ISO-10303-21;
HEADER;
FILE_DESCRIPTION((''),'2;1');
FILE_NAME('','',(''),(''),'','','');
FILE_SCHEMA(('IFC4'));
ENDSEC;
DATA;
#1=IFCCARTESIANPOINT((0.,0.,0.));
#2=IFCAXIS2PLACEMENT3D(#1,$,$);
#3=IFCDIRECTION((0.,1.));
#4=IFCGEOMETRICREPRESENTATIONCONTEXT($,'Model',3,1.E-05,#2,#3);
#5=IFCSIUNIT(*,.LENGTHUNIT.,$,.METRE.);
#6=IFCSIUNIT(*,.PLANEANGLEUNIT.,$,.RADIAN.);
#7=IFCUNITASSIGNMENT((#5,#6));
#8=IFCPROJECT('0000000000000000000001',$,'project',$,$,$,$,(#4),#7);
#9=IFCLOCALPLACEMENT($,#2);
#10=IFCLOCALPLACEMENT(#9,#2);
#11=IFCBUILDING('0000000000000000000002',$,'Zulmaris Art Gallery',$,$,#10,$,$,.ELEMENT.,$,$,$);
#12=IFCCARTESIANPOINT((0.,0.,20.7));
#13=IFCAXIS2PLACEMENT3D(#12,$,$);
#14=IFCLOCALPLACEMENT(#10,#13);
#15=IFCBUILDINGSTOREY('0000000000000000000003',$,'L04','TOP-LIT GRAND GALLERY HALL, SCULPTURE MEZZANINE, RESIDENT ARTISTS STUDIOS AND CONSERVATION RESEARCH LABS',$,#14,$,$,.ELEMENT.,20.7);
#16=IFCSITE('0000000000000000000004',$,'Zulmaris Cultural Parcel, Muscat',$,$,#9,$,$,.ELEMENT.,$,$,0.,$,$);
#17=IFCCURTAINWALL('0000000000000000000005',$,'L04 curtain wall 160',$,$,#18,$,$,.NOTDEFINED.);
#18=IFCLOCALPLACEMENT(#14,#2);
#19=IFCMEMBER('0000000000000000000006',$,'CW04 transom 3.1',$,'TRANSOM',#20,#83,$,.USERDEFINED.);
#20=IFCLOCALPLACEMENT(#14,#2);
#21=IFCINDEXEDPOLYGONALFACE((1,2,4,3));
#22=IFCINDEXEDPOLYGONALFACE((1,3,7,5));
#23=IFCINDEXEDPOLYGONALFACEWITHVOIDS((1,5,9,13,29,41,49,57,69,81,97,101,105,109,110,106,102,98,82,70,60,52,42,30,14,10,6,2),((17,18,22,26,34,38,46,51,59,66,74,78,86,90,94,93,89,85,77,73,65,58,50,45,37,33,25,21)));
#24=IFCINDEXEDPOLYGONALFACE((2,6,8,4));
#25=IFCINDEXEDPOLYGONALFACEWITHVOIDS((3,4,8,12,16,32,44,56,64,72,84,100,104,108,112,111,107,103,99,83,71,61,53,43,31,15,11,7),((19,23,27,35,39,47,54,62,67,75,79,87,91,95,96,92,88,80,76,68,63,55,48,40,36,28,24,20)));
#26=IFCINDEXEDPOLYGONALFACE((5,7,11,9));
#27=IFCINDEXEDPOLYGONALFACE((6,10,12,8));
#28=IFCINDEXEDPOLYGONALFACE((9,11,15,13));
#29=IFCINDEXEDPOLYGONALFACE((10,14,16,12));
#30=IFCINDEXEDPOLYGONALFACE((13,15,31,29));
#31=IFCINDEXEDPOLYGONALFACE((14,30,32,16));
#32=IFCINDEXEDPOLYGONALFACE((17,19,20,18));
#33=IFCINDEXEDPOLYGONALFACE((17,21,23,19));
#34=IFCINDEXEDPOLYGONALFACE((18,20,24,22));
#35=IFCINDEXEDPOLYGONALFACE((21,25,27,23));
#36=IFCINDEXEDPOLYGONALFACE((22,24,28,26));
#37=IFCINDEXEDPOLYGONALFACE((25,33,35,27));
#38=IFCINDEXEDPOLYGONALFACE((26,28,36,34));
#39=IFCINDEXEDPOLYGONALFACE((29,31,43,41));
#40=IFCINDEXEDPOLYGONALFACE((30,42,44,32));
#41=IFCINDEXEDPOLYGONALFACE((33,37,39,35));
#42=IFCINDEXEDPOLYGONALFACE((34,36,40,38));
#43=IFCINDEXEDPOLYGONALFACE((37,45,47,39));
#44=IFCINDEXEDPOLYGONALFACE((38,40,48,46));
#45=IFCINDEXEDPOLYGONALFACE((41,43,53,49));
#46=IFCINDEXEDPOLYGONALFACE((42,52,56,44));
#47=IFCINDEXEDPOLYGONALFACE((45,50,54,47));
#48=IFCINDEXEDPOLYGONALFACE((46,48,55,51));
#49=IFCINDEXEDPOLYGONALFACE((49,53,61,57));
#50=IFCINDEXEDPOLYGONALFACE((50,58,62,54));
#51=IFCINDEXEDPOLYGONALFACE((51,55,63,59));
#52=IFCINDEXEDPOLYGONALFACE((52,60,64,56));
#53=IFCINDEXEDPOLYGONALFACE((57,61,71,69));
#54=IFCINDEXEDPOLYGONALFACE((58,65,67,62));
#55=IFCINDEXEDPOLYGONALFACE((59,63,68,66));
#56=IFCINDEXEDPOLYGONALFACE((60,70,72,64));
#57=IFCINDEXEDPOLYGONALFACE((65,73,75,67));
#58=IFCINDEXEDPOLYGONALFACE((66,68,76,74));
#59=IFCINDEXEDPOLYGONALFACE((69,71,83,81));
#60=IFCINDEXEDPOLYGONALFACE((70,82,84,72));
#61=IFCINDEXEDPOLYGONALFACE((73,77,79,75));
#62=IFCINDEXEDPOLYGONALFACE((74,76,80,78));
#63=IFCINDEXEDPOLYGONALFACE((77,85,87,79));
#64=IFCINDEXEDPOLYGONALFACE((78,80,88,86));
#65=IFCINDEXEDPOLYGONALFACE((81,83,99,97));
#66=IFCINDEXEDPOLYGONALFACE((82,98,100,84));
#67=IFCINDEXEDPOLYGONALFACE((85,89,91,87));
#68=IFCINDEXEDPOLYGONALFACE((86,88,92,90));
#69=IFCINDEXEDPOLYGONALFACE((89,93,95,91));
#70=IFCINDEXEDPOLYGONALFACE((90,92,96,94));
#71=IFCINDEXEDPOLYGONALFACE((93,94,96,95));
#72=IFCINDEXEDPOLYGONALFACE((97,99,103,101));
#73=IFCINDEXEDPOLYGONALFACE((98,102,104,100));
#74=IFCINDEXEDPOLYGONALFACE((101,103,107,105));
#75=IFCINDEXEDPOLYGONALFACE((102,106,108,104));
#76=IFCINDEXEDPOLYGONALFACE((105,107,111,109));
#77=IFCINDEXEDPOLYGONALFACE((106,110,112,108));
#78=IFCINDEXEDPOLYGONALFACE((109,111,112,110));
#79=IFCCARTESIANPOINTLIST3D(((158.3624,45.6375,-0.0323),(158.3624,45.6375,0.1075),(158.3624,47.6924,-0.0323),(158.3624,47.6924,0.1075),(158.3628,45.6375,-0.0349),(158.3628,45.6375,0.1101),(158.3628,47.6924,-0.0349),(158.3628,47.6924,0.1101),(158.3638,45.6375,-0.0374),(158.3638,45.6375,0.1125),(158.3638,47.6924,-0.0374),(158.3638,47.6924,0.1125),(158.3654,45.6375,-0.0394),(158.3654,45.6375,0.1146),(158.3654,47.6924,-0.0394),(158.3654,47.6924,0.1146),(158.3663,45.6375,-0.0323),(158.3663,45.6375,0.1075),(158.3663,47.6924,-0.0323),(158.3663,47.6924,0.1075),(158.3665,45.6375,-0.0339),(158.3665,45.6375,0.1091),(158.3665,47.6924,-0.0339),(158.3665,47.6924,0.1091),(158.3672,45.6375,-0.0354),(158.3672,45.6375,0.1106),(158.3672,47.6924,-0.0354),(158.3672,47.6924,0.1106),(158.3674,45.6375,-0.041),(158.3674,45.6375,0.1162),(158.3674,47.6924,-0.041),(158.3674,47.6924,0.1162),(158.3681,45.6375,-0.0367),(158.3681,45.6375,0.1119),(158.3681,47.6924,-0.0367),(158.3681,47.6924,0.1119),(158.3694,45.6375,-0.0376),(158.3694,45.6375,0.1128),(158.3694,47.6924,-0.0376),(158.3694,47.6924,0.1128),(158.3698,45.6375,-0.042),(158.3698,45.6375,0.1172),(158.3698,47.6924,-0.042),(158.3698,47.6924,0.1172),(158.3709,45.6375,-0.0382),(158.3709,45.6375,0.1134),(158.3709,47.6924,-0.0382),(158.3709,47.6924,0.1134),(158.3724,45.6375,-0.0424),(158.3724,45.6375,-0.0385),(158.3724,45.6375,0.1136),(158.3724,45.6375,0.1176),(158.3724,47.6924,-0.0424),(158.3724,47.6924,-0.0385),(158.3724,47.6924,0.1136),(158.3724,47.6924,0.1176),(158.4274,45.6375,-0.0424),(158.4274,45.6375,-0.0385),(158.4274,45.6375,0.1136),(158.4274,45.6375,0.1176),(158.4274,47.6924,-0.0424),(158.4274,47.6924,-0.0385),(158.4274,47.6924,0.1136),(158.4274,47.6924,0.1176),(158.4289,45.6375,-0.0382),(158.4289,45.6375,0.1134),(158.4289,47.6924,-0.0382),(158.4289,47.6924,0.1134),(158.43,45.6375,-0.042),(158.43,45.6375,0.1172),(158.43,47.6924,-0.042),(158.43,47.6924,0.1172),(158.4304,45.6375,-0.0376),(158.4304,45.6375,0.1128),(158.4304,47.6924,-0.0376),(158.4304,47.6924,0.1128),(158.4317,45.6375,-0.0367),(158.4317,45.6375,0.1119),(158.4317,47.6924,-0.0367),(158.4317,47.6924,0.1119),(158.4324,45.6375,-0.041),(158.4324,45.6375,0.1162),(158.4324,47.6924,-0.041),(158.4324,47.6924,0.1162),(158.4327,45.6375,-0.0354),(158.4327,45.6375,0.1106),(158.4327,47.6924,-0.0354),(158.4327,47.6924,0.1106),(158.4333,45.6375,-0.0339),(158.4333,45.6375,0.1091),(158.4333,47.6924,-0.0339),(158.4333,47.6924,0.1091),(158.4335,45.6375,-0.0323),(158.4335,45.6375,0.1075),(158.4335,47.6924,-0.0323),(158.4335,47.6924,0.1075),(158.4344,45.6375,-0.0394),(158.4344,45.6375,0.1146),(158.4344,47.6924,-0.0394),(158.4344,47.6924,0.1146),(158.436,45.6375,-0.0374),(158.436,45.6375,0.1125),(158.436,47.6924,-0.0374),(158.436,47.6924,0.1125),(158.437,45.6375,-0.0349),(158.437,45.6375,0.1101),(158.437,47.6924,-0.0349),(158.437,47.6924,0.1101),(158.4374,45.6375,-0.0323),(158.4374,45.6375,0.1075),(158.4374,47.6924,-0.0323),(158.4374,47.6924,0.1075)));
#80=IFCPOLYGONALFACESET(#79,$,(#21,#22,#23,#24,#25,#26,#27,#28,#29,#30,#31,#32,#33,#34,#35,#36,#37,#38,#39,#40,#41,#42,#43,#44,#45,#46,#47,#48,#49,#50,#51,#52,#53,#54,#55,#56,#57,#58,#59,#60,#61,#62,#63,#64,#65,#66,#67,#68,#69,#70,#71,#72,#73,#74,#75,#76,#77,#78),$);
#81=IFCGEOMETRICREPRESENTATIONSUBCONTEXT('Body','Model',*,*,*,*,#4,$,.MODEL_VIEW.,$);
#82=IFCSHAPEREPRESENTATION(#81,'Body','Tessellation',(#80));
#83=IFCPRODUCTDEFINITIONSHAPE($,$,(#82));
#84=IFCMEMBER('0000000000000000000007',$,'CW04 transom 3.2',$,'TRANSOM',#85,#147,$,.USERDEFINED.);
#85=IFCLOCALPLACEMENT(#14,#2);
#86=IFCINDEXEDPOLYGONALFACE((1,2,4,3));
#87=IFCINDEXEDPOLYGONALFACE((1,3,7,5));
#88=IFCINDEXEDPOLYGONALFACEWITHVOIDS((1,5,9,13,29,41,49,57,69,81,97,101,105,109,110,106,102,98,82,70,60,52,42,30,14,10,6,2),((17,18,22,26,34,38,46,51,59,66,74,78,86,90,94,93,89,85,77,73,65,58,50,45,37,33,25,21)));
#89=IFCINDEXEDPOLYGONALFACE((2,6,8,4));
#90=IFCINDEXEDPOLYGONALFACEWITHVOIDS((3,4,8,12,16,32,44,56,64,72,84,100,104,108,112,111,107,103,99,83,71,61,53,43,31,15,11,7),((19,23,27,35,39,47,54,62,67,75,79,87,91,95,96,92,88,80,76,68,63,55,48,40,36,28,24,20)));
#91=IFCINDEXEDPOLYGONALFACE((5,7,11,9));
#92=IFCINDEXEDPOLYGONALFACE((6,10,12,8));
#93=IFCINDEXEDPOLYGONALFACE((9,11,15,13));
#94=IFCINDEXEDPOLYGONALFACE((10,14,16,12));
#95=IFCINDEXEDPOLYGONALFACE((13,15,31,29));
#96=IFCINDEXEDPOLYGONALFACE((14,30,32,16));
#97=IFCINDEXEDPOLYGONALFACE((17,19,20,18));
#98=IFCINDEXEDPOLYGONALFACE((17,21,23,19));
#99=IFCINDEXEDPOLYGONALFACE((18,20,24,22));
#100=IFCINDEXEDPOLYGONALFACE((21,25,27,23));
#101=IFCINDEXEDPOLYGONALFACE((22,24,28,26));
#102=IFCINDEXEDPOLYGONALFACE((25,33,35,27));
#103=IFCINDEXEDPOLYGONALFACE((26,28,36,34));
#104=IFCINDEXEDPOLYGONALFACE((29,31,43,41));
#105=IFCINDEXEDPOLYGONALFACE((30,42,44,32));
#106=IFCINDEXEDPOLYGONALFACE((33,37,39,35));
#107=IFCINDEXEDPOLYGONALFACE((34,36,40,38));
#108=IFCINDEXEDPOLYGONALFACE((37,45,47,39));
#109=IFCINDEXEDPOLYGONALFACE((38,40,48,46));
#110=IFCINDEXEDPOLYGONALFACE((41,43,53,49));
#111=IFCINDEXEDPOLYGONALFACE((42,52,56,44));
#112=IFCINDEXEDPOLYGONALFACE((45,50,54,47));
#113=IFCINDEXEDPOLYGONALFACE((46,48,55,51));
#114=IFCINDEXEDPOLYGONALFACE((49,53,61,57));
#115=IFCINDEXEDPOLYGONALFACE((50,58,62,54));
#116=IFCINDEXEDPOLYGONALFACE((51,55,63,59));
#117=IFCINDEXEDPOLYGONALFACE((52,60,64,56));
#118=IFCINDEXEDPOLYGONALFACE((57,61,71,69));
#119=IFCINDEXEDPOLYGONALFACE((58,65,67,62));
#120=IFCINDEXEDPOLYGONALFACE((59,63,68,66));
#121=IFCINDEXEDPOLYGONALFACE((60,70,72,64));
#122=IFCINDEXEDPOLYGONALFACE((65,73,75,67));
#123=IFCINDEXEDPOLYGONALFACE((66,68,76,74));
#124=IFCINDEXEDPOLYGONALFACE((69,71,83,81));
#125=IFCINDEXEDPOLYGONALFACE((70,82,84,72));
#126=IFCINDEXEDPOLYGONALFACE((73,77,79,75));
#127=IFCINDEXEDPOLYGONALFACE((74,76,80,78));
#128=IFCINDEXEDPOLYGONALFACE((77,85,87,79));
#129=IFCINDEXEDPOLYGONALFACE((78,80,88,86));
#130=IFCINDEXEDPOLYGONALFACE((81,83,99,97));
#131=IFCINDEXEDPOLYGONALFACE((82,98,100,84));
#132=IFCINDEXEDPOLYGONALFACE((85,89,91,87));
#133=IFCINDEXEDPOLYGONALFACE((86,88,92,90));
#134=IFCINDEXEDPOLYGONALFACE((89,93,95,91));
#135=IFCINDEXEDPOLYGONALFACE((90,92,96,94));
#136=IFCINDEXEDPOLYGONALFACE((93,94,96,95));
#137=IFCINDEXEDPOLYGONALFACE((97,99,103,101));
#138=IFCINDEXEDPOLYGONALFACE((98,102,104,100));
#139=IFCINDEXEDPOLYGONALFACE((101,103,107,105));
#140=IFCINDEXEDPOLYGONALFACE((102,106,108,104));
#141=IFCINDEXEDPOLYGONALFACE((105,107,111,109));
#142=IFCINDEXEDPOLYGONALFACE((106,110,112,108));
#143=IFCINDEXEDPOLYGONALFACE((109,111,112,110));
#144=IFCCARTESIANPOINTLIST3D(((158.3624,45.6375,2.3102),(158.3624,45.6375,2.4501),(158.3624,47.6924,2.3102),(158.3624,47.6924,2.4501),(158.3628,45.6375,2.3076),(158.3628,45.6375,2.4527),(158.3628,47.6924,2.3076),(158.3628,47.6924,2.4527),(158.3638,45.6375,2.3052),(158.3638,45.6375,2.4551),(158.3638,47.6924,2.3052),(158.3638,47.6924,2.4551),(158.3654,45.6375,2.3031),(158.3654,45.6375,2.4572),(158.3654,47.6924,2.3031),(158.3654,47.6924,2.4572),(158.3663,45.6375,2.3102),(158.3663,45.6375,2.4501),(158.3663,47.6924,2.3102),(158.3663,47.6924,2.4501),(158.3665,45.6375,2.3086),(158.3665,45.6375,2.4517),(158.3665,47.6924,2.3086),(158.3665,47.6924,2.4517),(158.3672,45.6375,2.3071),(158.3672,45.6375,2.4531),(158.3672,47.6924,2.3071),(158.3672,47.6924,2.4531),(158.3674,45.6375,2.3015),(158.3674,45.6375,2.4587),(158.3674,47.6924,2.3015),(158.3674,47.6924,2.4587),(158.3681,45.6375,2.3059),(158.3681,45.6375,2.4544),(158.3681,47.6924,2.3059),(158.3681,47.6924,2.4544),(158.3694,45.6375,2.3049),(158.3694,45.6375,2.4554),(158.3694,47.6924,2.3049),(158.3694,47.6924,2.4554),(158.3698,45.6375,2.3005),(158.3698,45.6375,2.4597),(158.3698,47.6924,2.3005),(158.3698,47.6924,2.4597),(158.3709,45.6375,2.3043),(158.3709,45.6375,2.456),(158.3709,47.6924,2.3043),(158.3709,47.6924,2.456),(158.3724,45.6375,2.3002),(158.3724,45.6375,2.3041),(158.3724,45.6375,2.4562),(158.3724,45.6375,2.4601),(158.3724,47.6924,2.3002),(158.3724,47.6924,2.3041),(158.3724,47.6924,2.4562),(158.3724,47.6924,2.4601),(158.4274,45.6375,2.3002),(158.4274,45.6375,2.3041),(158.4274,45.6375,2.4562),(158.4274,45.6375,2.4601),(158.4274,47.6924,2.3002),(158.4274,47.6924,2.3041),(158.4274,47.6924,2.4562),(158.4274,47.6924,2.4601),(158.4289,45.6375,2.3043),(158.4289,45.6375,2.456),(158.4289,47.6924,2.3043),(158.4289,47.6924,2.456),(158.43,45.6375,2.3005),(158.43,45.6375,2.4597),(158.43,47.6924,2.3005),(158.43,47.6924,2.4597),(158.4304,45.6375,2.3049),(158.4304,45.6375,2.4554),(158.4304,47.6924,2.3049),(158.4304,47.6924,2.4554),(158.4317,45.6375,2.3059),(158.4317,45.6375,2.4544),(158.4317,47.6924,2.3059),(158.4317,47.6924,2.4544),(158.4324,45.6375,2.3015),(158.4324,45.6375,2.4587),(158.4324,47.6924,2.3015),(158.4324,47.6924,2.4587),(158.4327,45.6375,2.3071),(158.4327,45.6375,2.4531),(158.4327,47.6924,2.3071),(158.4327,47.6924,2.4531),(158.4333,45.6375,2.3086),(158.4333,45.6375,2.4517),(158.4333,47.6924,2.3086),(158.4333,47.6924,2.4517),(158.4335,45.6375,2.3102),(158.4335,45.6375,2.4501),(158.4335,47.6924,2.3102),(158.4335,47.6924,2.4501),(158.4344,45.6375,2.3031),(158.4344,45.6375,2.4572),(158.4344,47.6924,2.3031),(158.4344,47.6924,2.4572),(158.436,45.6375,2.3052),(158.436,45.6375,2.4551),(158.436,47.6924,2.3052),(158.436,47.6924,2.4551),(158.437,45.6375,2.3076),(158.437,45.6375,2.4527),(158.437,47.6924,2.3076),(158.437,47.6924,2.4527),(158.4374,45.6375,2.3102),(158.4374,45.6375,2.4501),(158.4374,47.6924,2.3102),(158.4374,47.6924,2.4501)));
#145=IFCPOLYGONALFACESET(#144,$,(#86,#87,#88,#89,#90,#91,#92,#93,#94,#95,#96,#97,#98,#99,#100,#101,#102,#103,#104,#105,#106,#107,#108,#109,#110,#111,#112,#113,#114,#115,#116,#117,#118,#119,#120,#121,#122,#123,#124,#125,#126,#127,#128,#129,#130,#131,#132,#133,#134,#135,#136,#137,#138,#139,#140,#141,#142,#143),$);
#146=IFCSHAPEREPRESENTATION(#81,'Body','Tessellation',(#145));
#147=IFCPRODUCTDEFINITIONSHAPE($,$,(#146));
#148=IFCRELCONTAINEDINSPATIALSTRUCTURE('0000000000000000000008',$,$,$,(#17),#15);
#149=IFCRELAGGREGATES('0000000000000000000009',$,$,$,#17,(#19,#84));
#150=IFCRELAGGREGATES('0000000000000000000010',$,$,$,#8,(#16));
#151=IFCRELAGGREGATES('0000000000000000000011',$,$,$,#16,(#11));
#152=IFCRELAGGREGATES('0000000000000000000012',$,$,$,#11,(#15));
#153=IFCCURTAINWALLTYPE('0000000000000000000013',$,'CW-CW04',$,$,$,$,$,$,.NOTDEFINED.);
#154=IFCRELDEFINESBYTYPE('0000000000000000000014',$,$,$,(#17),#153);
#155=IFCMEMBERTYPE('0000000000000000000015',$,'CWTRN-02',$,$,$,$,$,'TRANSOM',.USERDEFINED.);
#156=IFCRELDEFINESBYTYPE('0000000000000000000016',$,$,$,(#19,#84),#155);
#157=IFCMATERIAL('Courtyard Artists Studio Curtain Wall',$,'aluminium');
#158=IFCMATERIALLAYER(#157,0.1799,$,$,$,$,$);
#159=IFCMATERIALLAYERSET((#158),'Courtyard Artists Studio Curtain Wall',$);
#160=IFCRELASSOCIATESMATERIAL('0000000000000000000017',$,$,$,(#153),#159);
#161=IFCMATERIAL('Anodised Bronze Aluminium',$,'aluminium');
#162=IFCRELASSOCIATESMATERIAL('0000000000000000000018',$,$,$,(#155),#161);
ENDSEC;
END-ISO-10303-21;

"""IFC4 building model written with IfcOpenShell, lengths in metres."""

from ifc_helpers import new_model, si_unit, direction, frame, origin, origin_2d, place, context, subcontext, project, spatial, hollow_rectangle, extrude, material, layer, layer_set, material_profile, profile_set, type_object, element, aggregate, save


model = new_model("IFC4")

# Units and contexts
model_context = context("Model", 3, precision=1e-05, world=origin(), true_north=direction((0.0, 1.0)))
body_context = subcontext(model_context, "Body", "Model", "MODEL_VIEW")
ifc_project = project(units=[si_unit("LENGTHUNIT", "METRE"), si_unit("PLANEANGLEUNIT", "RADIAN")], contexts=[model_context])

# Site, building, storey
site_placement = place(None, origin())
site = spatial("IfcSite", under=ifc_project, at=site_placement, Name="Zulmaris Cultural Parcel, Muscat", CompositionType="ELEMENT", RefElevation=0.0)
building_placement = place(site_placement, origin())
building = spatial("IfcBuilding", under=site, at=building_placement, Name="Zulmaris Art Gallery", CompositionType="ELEMENT")
storey_placement = place(building_placement, frame((0.0, 0.0, 20.7)))
storey = spatial("IfcBuildingStorey", under=building, at=storey_placement, Name="L04", Description="TOP-LIT GRAND GALLERY HALL, SCULPTURE MEZZANINE, RESIDENT ARTISTS STUDIOS AND CONSERVATION RESEARCH LABS", CompositionType="ELEMENT", Elevation=20.7)

# Curtain wall
ifc_material_1 = material(Name="Courtyard Artists Studio Curtain Wall", Category="aluminium")
ifc_layer_1 = layer(ifc_material_1, 0.1799)
ifc_layer_set_1 = layer_set([ifc_layer_1], Name="Courtyard Artists Studio Curtain Wall")
curtain_wall_type = type_object("IfcCurtainWallType", Name="CW-CW04", PredefinedType="NOTDEFINED", material=ifc_layer_set_1)
curtain_wall_1_placement = place(storey_placement, origin())
curtain_wall_1 = element("IfcCurtainWall", 1, at=curtain_wall_1_placement, inside=storey, type_object=curtain_wall_type, Name="L04 curtain wall 160", PredefinedType="NOTDEFINED")
ifc_material_2 = material(Name="Anodised Bronze Aluminium", Category="aluminium")

# Members
ifc_material_profile_1 = material_profile(ifc_material_2, hollow_rectangle(XDim=0.075, YDim=0.1599, WallThickness=0.0039, InnerFilletRadius=0.0061, OuterFilletRadius=0.01, at=origin_2d()), Name="ALU 75x160x4")
ifc_profile_set_1 = profile_set([ifc_material_profile_1], Name="Anodised Bronze Aluminium")
member_type_1 = type_object("IfcMemberType", Name="CWTRN-02", ElementType="TRANSOM", PredefinedType="USERDEFINED", material=ifc_profile_set_1)
member_1_placement = place(storey_placement, frame((158.3999, 45.6375, 0.0376), z_axis=(0.0, 1.0, 0.0), x_axis=(-1.0, 0.0, 0.0)))
member_1 = element("IfcMember", 2, at=member_1_placement, type_object=member_type_1, Name="CW04 transom 3.1", ObjectType="TRANSOM", PredefinedType="USERDEFINED", context=body_context, shape_type="SweptSolid", body=[
    extrude(hollow_rectangle(XDim=0.075, YDim=0.1599, WallThickness=0.0039, InnerFilletRadius=0.0061, OuterFilletRadius=0.01, at=origin_2d()), origin(), (0.0, 0.0, 1.0), 2.0549),
])
member_2_placement = place(storey_placement, frame((158.3999, 45.6375, 2.3801), z_axis=(0.0, 1.0, 0.0), x_axis=(-1.0, 0.0, 0.0)))
member_2 = element("IfcMember", 3, at=member_2_placement, type_object=member_type_1, Name="CW04 transom 3.2", ObjectType="TRANSOM", PredefinedType="USERDEFINED", context=body_context, shape_type="SweptSolid", body=[
    extrude(hollow_rectangle(XDim=0.075, YDim=0.1599, WallThickness=0.0039, InnerFilletRadius=0.0061, OuterFilletRadius=0.01, at=origin_2d()), origin(), (0.0, 0.0, 1.0), 2.0549),
])

aggregate(curtain_wall_1, [member_1, member_2])

save(model, "model.ifc")
